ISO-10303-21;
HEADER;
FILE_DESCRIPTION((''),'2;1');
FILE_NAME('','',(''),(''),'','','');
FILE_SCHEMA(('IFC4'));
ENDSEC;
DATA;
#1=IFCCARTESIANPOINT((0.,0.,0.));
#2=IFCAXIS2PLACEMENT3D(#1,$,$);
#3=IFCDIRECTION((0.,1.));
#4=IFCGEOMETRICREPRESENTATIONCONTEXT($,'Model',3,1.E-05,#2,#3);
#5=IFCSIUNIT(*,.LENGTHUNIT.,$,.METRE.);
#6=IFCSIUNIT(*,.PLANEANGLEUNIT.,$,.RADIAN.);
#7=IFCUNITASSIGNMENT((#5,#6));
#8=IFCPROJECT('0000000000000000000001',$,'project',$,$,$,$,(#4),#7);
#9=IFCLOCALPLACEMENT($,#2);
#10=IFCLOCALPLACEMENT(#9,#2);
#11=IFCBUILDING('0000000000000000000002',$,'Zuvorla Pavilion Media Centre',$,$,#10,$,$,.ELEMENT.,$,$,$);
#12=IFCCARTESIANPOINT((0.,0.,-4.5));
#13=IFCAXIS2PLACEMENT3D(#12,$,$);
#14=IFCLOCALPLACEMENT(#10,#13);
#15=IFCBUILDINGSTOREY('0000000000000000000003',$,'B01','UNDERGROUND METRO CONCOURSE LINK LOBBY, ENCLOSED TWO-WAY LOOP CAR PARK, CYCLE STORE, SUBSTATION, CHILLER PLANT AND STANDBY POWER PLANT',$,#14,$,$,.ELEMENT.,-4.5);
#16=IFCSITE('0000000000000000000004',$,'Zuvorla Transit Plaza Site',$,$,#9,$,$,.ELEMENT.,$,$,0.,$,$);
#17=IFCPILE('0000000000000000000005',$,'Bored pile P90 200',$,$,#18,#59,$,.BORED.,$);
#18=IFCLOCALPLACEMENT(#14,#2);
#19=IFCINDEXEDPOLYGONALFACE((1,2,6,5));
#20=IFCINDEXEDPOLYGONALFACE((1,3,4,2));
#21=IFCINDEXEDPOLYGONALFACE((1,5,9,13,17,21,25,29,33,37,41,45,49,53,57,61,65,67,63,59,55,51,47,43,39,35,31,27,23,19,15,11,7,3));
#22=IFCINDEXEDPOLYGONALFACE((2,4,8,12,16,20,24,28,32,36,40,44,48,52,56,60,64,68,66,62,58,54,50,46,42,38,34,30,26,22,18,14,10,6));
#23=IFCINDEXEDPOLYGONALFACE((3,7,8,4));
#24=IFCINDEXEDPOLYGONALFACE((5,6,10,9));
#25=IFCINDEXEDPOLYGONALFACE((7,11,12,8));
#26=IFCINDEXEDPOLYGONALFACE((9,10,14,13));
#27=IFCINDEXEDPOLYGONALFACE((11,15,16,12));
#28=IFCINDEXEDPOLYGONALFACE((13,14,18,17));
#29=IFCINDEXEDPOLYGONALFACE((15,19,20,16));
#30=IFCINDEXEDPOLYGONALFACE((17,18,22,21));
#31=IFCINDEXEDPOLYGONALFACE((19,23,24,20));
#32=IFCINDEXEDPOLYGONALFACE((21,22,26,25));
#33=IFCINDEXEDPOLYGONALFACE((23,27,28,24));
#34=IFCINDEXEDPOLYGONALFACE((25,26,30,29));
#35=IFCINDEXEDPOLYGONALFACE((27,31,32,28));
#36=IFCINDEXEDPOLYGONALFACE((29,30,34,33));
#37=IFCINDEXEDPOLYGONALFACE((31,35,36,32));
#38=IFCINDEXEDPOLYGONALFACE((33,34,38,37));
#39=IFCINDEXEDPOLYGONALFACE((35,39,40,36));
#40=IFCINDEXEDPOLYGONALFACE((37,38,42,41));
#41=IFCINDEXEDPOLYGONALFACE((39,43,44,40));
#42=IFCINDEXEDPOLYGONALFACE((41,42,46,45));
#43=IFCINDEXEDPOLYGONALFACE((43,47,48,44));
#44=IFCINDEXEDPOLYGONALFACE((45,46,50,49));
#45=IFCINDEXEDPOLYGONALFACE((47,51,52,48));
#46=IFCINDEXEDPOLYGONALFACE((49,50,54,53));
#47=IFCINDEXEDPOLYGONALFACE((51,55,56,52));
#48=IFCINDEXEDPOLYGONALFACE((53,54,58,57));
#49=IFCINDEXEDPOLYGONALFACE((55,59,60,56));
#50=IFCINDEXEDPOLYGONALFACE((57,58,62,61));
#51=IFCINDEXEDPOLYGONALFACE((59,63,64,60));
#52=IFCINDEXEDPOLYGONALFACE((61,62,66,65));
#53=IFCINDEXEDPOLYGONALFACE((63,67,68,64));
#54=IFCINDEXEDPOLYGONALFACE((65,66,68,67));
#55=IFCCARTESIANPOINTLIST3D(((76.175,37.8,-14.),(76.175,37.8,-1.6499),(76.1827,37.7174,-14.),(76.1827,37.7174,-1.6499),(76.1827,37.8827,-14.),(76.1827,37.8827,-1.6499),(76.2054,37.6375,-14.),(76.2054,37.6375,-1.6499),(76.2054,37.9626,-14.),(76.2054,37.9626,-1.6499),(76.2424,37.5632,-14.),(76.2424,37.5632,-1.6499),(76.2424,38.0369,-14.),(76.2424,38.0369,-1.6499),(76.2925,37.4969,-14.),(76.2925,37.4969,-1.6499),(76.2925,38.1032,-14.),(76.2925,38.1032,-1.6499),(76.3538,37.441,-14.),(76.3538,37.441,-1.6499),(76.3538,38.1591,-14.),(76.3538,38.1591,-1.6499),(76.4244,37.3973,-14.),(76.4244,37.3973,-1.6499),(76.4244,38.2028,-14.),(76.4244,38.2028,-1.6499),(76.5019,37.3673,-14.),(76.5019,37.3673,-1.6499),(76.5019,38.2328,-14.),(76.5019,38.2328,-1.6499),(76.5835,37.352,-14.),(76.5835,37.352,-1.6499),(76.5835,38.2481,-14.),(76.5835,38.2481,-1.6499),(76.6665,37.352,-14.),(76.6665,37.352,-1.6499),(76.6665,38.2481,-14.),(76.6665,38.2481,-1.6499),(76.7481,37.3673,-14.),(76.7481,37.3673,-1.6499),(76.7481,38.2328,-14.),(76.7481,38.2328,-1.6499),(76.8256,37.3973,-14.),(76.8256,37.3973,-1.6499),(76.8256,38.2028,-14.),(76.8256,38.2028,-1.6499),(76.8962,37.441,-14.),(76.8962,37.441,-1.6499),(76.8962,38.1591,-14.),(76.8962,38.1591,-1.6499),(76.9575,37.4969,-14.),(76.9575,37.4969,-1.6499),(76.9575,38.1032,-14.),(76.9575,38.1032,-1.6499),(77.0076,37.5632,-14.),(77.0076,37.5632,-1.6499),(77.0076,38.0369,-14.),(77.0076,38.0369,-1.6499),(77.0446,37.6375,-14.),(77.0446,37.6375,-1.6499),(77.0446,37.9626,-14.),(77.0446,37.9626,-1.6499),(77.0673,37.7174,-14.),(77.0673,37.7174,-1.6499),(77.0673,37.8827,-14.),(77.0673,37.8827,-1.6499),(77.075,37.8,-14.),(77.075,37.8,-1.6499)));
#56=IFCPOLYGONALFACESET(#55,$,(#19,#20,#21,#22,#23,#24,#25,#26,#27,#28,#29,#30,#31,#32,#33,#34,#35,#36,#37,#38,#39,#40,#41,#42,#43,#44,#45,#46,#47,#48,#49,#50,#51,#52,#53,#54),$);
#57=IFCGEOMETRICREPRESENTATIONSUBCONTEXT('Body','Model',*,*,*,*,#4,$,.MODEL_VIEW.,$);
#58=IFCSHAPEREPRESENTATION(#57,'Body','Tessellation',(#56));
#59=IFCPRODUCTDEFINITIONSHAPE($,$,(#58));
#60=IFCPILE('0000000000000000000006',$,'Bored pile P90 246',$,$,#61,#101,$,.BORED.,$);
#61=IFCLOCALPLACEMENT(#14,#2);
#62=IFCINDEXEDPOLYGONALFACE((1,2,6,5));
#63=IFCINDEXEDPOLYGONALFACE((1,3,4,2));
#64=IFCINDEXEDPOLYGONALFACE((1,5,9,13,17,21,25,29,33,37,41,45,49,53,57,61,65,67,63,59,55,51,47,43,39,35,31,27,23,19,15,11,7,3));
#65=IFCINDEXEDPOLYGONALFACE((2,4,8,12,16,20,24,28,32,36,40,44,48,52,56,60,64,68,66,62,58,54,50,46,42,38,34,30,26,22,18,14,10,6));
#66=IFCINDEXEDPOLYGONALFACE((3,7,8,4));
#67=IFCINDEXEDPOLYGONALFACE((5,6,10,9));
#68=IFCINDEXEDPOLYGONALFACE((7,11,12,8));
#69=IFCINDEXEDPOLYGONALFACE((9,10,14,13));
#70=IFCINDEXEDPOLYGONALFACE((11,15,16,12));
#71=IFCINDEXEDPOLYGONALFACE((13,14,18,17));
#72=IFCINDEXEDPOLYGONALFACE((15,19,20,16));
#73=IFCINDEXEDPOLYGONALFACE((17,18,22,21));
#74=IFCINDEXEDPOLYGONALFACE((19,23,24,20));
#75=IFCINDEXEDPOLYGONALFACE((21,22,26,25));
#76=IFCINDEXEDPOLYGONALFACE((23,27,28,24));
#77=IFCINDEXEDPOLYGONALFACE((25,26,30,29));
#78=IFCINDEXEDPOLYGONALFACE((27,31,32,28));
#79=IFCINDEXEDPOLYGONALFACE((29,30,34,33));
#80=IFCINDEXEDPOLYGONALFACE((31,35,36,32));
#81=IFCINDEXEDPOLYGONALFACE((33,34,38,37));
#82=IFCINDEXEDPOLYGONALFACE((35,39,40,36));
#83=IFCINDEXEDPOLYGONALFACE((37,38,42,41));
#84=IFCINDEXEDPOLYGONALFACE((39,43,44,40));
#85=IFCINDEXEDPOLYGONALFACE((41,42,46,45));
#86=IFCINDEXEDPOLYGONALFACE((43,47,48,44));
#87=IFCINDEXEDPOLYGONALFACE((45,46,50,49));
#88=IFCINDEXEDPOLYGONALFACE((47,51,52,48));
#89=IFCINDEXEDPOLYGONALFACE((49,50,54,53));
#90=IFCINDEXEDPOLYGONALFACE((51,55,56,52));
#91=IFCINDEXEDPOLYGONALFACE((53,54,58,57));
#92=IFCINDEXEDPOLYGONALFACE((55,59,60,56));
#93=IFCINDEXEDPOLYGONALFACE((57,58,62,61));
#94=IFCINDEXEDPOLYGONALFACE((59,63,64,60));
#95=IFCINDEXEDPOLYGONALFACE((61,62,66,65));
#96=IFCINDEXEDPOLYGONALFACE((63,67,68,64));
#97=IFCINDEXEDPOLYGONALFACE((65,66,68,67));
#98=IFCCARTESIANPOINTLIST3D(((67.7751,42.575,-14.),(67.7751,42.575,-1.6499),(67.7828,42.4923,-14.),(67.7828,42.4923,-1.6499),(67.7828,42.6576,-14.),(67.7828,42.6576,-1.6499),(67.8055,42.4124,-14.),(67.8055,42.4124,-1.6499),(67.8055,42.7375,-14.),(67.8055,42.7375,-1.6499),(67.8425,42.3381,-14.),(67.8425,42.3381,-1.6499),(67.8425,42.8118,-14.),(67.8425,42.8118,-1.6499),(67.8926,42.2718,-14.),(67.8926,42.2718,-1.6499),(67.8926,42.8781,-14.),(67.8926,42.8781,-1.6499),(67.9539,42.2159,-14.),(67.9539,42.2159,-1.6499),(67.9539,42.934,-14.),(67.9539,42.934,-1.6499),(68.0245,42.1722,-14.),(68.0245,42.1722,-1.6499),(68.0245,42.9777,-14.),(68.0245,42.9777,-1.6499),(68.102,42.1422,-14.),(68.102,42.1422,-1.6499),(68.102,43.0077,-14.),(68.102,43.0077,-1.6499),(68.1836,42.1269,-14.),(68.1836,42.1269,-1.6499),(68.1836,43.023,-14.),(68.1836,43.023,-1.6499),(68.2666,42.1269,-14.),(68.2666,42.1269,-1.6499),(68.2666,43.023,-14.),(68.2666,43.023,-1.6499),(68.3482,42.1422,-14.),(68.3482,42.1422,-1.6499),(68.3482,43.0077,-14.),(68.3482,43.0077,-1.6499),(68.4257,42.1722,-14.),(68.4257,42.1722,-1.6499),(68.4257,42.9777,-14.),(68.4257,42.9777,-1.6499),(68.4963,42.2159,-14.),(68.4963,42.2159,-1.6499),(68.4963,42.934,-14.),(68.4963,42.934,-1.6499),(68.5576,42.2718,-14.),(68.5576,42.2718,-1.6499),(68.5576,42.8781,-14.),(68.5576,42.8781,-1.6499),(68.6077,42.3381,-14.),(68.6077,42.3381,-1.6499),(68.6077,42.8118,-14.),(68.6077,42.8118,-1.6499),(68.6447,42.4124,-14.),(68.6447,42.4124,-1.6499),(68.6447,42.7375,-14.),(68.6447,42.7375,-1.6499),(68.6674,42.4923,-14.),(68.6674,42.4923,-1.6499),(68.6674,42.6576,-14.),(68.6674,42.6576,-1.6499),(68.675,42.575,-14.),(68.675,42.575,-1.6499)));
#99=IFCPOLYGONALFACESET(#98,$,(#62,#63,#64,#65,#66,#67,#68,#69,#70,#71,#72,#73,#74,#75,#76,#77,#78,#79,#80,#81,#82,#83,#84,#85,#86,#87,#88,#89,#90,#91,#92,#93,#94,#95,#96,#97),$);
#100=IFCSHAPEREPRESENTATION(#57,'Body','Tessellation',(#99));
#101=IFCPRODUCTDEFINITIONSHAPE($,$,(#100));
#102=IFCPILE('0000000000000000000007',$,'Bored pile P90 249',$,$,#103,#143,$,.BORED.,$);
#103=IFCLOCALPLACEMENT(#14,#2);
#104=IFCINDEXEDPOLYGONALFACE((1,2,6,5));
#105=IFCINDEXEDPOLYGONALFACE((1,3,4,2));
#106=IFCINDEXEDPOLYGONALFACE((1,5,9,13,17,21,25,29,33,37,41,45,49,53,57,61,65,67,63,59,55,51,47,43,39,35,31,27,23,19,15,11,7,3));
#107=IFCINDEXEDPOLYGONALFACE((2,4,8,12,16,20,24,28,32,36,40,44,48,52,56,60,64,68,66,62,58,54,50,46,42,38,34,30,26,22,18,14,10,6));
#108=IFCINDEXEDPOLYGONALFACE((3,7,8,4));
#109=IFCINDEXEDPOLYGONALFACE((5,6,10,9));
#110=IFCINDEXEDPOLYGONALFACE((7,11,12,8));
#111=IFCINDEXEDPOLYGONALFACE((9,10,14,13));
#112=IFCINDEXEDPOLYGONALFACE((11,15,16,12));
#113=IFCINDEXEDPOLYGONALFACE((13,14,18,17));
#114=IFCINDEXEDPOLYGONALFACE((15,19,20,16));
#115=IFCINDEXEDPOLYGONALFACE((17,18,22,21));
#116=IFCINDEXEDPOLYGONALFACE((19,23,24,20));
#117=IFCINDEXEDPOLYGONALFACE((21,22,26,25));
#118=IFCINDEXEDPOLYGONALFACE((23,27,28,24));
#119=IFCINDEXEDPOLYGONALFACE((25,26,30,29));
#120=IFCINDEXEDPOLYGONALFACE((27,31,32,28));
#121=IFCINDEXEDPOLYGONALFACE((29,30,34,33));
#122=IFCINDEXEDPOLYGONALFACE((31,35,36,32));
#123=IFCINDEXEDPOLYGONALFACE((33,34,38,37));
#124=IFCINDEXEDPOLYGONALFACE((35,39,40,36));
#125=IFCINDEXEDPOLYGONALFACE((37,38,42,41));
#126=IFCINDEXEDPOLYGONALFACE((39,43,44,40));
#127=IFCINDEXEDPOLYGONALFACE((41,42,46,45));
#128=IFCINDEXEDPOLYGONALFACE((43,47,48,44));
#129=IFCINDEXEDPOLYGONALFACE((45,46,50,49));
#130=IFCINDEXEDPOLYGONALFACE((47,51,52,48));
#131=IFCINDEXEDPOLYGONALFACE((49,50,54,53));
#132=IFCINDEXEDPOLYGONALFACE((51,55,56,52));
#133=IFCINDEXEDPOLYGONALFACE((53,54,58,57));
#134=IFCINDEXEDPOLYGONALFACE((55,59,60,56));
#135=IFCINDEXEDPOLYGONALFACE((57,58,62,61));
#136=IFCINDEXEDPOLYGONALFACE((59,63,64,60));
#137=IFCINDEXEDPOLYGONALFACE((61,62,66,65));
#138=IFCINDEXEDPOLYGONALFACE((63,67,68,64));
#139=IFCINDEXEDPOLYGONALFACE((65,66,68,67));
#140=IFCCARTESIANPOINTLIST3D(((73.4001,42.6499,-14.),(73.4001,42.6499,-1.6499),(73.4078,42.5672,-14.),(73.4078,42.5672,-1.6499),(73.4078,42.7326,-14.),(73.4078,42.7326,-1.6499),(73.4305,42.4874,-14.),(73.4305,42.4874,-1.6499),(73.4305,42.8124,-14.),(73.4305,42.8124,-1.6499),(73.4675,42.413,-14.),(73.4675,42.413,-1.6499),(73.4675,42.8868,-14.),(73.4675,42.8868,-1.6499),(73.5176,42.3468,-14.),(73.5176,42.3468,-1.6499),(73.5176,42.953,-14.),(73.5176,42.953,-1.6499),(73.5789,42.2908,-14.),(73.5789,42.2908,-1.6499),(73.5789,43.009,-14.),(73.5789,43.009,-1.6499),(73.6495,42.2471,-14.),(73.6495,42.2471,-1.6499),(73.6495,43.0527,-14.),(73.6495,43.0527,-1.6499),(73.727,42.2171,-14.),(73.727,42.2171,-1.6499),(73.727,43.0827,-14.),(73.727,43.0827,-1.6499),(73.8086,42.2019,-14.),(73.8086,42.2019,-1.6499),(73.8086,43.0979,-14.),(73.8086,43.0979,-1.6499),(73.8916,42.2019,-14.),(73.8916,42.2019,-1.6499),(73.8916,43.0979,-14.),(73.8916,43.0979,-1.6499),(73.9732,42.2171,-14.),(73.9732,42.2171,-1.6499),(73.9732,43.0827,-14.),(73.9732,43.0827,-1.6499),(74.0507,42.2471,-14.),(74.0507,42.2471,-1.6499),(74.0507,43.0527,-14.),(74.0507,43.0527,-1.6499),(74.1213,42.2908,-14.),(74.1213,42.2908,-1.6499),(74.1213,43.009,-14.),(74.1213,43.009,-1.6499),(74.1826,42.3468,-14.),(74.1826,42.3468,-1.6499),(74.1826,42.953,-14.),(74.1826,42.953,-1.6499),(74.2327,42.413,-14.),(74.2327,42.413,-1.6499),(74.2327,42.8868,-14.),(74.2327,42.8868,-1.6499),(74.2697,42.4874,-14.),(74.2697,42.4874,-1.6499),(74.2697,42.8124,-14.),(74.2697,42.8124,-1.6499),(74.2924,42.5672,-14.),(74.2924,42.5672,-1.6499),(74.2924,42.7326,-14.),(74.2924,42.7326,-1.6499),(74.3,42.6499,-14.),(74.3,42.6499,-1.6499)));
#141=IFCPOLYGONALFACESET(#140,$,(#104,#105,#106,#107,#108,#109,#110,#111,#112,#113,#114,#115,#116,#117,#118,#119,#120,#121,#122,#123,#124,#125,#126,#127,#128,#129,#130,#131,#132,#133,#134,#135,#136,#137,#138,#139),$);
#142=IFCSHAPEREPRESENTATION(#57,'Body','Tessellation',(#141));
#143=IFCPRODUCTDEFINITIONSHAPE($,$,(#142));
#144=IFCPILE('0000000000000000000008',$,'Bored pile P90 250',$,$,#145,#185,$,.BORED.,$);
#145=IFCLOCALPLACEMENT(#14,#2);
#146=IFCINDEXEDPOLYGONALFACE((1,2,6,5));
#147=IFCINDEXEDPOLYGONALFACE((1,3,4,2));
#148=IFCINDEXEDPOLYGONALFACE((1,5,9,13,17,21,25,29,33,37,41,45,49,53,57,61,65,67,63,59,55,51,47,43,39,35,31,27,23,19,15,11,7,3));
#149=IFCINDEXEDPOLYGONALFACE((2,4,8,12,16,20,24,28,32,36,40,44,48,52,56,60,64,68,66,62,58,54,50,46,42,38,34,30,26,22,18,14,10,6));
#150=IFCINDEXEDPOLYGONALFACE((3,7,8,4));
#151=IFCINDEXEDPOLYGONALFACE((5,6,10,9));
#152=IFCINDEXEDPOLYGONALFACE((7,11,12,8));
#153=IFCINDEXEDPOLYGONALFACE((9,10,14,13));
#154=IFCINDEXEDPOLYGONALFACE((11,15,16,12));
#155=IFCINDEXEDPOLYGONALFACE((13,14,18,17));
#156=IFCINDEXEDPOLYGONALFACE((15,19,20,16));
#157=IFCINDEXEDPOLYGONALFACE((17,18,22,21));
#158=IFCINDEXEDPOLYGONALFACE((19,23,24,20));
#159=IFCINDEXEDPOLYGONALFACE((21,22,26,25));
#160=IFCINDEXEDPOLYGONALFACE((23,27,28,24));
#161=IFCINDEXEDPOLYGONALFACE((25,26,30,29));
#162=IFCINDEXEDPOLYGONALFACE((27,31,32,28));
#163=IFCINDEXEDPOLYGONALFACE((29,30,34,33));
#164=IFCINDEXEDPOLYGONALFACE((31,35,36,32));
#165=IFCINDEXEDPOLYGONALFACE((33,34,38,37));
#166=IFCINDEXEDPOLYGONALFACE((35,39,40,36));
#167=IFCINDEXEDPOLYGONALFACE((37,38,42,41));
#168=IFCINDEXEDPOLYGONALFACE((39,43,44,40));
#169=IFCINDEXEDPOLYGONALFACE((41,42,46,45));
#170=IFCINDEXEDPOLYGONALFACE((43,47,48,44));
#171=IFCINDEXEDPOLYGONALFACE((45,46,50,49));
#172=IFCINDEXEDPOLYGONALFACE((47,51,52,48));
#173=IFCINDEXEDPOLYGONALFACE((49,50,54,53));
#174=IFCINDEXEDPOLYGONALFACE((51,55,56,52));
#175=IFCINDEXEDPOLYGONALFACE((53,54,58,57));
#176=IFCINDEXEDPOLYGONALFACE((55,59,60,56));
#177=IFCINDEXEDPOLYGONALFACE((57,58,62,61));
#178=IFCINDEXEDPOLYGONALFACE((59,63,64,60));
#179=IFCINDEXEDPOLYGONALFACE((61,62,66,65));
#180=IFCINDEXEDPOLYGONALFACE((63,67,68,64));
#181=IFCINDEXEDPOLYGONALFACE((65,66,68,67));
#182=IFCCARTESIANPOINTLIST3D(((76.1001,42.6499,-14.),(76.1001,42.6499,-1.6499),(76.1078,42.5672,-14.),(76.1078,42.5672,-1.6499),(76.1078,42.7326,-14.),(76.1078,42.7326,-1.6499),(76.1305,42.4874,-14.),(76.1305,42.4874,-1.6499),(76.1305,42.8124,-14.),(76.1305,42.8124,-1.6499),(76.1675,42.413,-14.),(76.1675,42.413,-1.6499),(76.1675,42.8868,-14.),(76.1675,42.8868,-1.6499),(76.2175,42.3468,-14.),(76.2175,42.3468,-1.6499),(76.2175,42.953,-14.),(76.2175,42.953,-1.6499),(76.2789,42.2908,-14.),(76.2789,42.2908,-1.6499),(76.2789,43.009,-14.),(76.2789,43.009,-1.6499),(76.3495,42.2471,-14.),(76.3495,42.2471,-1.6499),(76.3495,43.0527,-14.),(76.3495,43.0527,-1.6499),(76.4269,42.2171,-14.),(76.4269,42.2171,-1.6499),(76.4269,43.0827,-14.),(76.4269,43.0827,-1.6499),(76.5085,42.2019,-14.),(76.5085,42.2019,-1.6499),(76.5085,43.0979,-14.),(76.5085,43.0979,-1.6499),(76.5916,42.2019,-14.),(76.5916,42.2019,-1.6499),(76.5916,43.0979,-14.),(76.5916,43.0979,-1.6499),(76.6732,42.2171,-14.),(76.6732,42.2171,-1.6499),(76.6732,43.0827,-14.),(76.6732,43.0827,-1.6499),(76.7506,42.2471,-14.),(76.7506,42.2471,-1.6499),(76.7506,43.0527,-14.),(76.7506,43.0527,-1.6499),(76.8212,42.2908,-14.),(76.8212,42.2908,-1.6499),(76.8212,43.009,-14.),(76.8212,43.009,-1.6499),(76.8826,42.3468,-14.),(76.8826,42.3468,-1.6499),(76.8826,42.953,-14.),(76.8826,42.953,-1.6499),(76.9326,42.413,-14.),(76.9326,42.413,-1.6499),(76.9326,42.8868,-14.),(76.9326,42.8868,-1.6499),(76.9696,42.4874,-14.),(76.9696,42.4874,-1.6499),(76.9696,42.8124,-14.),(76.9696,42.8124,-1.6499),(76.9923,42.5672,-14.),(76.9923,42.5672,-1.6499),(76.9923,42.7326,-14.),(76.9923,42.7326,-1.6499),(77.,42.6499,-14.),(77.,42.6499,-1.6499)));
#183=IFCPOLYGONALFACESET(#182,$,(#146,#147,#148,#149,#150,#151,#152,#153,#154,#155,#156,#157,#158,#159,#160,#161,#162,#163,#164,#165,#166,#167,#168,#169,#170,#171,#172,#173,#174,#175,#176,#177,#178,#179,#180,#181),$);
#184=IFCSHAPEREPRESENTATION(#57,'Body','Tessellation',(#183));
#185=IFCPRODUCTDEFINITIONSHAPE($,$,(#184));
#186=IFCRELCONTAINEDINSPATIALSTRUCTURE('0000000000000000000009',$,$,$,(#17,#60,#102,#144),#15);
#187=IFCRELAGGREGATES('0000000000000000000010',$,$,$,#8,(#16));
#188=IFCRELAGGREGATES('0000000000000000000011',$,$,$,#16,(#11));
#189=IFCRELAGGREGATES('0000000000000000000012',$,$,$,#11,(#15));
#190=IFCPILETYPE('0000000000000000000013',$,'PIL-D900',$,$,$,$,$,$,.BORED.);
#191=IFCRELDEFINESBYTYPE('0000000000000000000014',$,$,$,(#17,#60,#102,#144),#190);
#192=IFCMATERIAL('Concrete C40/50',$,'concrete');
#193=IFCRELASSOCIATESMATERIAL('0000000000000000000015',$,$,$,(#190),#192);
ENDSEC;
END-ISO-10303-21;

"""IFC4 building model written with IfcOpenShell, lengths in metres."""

from ifc_helpers import new_model, si_unit, direction, frame, origin, origin_2d, place, context, subcontext, project, spatial, circle, extrude, material, material_profile, profile_set, type_object, element, save


model = new_model("IFC4")

# Units and contexts
model_context = context("Model", 3, precision=1e-05, world=origin(), true_north=direction((0.0, 1.0)))
body_context = subcontext(model_context, "Body", "Model", "MODEL_VIEW")
ifc_project = project(units=[si_unit("LENGTHUNIT", "METRE"), si_unit("PLANEANGLEUNIT", "RADIAN")], contexts=[model_context])

# Site, building, storey
site_placement = place(None, origin())
site = spatial("IfcSite", under=ifc_project, at=site_placement, Name="Zuvorla Transit Plaza Site", CompositionType="ELEMENT", RefElevation=0.0)
building_placement = place(site_placement, origin())
building = spatial("IfcBuilding", under=site, at=building_placement, Name="Zuvorla Pavilion Media Centre", CompositionType="ELEMENT")
storey_placement = place(building_placement, frame((0.0, 0.0, -4.5)))
storey = spatial("IfcBuildingStorey", under=building, at=storey_placement, Name="B01", Description="UNDERGROUND METRO CONCOURSE LINK LOBBY, ENCLOSED TWO-WAY LOOP CAR PARK, CYCLE STORE, SUBSTATION, CHILLER PLANT AND STANDBY POWER PLANT", CompositionType="ELEMENT", Elevation=-4.5)

# Shared definitions
ifc_material_1 = material(Name="Concrete C40/50", Category="concrete")

# Piles
ifc_material_profile_1 = material_profile(ifc_material_1, circle(Radius=0.45, at=origin_2d()), Name="BORED PILE 900")
ifc_profile_set_1 = profile_set([ifc_material_profile_1], Name="Concrete C40/50")
pile_type = type_object("IfcPileType", Name="PIL-D900", PredefinedType="BORED", material=ifc_profile_set_1)
for number, where, z_axis, x_axis, name in (
    (1, (76.625, 37.8, -1.6499), (0.0, 0.0, -1.0), (1.0, 0.0, 0.0), "Bored pile P90 200"),
    (2, (68.2251, 42.575, -1.6499), (0.0, 0.0, -1.0), (1.0, 0.0, 0.0), "Bored pile P90 246"),
    (3, (73.8501, 42.6499, -1.6499), (0.0, 0.0, -1.0), (1.0, 0.0, 0.0), "Bored pile P90 249"),
    (4, (76.55, 42.6499, -1.6499), (0.0, 0.0, -1.0), (1.0, 0.0, 0.0), "Bored pile P90 250"),
):
    element("IfcPile", number, at=place(storey_placement, frame(where, z_axis=z_axis, x_axis=x_axis)), inside=storey, type_object=pile_type, Name=name, PredefinedType="BORED", context=body_context, shape_type="SweptSolid", body=[
        extrude(circle(Radius=0.45, at=origin_2d()), origin(), (0.0, 0.0, 1.0), 12.3501),
    ])

save(model, "model.ifc")
